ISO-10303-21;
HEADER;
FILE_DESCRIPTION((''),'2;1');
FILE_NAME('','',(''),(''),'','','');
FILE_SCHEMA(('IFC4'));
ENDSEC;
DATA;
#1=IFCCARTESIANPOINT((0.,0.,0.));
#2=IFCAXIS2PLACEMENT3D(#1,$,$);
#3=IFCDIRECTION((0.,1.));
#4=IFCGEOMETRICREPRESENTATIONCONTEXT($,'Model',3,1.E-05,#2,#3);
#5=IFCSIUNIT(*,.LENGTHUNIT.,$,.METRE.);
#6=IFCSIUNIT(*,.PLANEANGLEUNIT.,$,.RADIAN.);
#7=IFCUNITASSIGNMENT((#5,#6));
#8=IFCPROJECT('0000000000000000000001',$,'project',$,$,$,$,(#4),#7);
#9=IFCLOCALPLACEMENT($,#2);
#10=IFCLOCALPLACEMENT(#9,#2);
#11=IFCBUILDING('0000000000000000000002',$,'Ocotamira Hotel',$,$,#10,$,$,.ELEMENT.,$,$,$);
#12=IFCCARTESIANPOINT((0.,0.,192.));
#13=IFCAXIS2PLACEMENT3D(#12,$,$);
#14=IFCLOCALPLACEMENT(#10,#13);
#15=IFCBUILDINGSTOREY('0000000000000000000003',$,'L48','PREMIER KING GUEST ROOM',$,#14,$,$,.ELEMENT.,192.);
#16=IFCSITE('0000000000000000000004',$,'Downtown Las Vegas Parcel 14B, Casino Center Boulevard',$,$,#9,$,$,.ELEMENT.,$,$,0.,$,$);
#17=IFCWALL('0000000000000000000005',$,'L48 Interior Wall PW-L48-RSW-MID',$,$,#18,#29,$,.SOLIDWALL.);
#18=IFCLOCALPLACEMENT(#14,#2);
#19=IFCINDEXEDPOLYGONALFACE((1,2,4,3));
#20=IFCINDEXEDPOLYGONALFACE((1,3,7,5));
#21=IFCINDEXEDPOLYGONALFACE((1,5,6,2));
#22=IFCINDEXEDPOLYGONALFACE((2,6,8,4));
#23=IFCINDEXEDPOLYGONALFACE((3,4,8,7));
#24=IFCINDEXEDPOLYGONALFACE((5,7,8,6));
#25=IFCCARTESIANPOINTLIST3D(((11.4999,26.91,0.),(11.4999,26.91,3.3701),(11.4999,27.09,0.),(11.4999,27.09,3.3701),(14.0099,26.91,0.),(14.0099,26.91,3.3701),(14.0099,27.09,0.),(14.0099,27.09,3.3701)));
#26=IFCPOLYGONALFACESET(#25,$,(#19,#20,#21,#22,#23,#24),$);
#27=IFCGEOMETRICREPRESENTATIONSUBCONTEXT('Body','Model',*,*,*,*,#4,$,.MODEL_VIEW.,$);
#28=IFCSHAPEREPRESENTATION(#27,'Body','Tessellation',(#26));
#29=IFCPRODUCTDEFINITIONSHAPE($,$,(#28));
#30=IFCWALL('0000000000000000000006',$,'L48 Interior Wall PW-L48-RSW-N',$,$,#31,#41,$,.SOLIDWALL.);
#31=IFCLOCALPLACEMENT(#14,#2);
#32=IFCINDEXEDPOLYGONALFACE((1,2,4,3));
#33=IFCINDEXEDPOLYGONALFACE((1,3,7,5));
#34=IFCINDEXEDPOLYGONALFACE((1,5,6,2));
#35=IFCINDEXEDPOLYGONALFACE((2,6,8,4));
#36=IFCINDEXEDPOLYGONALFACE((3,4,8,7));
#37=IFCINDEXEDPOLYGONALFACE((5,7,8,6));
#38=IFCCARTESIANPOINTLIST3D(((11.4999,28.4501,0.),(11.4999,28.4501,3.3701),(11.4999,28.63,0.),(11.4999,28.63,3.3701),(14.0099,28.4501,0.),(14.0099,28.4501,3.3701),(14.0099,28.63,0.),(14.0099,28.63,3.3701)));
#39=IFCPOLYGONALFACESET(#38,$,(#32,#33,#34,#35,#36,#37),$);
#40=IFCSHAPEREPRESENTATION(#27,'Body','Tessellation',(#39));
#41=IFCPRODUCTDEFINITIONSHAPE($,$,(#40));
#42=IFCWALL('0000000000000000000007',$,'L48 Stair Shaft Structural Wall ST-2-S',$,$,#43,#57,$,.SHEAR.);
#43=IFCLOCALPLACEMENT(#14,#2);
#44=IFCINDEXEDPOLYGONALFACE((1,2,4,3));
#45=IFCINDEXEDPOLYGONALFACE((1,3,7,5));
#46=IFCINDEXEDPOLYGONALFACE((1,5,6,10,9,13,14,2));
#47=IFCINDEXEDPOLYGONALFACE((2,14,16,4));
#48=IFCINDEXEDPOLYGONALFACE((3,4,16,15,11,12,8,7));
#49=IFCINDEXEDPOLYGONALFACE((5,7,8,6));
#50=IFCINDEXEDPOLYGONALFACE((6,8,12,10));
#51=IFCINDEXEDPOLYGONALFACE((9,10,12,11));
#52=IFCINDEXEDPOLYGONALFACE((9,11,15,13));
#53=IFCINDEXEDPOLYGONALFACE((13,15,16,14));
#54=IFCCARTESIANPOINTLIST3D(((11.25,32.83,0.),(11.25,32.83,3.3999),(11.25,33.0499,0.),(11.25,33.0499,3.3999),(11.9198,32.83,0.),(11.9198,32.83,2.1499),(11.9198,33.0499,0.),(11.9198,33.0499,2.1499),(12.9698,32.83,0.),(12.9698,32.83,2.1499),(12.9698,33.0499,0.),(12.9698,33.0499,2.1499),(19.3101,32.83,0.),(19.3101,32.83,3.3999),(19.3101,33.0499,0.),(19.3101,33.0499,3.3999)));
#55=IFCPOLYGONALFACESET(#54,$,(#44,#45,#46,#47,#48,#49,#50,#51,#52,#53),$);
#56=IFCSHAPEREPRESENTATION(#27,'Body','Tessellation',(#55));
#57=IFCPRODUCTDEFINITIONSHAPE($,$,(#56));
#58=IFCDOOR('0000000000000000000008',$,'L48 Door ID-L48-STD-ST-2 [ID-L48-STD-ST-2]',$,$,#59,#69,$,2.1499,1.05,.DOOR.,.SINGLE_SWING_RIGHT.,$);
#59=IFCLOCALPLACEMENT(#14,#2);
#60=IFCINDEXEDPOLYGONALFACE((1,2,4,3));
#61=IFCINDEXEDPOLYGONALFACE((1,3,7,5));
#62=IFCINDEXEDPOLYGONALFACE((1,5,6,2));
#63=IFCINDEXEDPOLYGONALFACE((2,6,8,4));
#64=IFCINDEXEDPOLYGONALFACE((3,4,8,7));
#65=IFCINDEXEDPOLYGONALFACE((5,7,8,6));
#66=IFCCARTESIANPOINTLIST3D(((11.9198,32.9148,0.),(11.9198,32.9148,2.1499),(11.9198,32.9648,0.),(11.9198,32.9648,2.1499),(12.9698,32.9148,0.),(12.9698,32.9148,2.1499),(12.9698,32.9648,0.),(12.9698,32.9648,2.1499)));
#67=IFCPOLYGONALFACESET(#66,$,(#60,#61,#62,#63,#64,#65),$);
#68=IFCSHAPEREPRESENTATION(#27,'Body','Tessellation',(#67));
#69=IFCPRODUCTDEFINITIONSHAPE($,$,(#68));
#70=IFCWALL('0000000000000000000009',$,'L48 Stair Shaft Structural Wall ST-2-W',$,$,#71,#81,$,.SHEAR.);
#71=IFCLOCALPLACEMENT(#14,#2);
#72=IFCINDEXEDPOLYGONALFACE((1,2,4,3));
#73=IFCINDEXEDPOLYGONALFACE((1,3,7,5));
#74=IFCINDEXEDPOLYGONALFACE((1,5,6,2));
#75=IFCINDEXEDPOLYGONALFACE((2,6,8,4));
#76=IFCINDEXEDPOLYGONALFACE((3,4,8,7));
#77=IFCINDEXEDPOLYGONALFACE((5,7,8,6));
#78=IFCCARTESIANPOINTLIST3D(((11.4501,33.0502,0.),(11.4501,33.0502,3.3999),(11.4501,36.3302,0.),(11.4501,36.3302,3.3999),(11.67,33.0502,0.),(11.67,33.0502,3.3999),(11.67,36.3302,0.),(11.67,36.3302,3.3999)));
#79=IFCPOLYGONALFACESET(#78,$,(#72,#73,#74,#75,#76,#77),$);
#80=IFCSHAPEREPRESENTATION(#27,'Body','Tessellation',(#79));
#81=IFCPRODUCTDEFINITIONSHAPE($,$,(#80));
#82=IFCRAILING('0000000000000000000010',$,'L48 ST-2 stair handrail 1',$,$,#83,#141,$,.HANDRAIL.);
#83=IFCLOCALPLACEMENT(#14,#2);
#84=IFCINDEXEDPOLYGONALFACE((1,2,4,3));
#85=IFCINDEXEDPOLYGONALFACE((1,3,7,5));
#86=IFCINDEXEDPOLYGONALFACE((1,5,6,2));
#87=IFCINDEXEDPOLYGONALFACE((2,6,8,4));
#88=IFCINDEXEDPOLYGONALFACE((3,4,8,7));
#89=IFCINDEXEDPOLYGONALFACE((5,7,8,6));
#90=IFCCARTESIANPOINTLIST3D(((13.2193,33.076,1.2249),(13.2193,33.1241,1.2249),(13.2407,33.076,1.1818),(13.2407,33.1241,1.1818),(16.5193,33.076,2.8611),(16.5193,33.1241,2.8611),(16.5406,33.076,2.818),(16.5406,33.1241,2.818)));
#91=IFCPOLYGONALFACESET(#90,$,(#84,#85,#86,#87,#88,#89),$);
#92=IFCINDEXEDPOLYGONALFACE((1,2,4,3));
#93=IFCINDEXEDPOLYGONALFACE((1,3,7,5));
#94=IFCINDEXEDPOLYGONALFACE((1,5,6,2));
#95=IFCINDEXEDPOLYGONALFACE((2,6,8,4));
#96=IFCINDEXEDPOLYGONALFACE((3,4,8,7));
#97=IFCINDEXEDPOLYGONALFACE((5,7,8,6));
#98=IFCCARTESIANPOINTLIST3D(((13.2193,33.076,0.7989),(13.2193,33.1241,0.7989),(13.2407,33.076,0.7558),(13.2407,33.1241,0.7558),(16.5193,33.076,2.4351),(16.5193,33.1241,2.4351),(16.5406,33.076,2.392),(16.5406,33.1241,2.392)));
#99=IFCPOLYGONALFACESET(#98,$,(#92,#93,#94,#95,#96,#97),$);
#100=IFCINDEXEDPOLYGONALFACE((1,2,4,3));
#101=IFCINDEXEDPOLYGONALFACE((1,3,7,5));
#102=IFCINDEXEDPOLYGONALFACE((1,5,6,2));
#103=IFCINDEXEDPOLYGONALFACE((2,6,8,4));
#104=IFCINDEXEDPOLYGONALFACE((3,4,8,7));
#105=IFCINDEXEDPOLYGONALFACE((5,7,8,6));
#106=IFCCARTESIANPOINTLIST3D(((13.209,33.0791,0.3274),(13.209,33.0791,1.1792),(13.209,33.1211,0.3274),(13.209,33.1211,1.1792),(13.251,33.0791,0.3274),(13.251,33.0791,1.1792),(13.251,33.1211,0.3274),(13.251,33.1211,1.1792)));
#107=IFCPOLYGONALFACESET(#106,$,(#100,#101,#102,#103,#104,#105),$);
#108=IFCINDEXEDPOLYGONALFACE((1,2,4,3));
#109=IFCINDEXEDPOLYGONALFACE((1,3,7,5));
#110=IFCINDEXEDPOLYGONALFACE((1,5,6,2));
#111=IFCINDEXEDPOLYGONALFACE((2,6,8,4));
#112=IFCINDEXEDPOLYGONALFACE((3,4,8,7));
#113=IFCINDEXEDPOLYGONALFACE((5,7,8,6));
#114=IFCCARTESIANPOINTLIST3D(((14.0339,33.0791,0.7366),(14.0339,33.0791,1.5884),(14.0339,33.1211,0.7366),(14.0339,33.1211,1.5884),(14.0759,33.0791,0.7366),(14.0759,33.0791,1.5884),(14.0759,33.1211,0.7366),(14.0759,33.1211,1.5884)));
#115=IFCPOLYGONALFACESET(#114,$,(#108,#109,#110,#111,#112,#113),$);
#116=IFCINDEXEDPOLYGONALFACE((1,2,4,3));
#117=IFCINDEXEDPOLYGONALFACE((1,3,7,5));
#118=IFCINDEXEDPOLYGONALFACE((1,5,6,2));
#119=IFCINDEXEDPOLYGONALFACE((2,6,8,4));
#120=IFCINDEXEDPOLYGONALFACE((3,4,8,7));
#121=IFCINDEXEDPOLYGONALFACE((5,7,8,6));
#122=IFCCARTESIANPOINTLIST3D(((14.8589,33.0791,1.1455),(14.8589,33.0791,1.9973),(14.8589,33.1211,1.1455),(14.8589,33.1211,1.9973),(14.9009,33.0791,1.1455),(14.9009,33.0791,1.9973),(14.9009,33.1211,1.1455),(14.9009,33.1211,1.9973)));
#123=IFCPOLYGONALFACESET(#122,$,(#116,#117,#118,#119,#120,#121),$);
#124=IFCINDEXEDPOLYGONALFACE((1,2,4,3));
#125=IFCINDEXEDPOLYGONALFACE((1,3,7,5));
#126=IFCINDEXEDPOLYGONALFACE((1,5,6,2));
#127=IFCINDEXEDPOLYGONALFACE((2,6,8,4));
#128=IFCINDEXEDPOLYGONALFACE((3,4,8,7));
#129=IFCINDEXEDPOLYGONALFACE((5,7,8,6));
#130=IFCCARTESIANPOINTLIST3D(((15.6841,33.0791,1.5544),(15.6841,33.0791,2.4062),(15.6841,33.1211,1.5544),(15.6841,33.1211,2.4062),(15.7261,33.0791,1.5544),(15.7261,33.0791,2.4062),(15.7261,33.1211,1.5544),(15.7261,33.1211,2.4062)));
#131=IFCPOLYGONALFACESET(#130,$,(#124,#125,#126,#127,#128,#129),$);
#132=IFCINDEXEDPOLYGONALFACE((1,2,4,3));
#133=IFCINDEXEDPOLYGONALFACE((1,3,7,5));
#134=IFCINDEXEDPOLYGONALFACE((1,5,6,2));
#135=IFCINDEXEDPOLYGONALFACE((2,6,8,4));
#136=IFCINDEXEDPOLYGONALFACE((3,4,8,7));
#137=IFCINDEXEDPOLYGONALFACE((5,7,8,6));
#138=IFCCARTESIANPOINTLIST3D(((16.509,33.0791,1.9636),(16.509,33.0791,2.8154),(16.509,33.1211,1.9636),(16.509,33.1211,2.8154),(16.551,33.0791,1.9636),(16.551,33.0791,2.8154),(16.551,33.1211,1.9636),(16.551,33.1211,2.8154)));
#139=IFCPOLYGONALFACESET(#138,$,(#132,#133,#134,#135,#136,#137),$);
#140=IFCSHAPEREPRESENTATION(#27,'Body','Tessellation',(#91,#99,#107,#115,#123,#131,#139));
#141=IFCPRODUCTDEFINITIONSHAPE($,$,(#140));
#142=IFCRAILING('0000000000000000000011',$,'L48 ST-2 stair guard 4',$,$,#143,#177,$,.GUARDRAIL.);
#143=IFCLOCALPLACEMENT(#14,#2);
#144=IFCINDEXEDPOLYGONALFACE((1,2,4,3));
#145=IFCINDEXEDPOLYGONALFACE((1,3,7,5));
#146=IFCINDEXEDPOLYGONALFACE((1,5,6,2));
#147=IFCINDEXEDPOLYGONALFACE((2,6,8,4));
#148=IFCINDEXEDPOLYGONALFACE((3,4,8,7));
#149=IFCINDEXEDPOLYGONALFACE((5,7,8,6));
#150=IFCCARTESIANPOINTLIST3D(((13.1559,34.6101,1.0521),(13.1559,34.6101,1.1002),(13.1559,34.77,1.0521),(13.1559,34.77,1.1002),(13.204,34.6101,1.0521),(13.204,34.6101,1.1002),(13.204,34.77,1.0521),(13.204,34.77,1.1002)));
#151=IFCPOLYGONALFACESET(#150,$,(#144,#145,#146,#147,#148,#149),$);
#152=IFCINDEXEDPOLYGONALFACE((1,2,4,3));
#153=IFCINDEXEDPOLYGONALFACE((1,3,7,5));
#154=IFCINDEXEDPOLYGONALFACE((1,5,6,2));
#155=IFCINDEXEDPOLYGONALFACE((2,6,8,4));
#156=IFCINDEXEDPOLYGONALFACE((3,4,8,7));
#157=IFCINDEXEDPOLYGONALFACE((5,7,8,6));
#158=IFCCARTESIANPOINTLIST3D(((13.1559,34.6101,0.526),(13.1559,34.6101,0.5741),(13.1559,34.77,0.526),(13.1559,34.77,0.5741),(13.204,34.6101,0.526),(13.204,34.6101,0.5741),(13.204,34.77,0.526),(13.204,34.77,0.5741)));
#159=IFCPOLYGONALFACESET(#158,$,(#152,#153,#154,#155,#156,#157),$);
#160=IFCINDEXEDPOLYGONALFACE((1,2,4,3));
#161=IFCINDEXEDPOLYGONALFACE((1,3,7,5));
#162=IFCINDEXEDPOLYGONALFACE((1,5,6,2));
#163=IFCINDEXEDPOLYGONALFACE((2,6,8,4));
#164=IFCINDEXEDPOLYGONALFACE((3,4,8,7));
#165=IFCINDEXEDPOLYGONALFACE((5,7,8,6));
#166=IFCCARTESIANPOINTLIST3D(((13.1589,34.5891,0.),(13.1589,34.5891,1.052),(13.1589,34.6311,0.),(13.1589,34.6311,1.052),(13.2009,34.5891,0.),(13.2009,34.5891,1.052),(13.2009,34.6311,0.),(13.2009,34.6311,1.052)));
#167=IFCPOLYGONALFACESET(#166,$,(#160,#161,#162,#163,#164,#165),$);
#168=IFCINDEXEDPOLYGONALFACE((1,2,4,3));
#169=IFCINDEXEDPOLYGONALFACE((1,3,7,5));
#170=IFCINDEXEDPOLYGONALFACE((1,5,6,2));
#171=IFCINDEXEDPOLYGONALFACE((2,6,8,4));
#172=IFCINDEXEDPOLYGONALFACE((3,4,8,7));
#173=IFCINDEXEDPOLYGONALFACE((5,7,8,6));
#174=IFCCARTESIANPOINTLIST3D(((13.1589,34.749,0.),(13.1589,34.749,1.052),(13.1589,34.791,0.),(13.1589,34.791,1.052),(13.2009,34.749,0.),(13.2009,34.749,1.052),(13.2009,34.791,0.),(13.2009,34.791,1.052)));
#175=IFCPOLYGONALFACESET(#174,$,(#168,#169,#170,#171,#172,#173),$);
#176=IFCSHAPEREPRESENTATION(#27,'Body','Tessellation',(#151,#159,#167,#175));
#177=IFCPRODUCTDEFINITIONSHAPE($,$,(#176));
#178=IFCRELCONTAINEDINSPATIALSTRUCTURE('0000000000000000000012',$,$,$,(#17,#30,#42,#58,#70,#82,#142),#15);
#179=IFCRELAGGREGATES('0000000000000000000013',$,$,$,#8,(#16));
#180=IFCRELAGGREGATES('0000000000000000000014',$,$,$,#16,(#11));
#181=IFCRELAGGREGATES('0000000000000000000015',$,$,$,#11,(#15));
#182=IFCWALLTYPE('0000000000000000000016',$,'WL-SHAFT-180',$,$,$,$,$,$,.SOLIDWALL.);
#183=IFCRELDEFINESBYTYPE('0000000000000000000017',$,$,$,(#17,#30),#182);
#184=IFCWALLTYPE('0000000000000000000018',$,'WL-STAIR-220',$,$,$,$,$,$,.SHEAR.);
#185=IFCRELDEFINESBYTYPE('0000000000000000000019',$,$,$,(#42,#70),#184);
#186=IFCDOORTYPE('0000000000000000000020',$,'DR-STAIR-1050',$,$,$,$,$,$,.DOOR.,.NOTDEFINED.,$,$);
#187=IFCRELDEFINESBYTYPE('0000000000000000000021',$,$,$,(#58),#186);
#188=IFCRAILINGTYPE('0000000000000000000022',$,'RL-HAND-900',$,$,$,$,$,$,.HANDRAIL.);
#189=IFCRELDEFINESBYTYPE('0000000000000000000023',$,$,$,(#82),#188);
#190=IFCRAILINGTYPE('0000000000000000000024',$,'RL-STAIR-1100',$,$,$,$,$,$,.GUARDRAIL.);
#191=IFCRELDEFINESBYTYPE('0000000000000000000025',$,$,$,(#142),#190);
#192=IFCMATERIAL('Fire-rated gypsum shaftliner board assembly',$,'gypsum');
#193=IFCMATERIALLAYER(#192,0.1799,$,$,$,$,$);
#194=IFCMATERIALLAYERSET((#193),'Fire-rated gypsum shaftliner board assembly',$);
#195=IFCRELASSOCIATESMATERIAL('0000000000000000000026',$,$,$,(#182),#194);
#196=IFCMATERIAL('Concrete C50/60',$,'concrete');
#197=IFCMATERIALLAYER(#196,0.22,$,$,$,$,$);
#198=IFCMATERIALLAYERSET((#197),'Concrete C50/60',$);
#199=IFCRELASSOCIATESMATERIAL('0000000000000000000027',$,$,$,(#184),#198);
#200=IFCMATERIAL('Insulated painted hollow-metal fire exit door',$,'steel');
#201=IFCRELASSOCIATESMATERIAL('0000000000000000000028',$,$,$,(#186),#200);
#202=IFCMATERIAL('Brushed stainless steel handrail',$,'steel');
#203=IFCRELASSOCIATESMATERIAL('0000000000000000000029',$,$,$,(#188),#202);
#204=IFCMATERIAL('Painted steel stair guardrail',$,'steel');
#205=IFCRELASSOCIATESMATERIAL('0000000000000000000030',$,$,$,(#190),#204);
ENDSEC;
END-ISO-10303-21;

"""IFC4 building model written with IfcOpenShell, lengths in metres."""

from ifc_helpers import new_model, si_unit, direction, frame, frame_2d, origin, origin_2d, place, context, subcontext, project, spatial, rectangle, extrude, source, transform, mapped, material, layer, layer_set, type_object, element, fill, save


model = new_model("IFC4")

# Units and contexts
model_context = context("Model", 3, precision=1e-05, world=origin(), true_north=direction((0.0, 1.0)))
body_context = subcontext(model_context, "Body", "Model", "MODEL_VIEW")
ifc_project = project(units=[si_unit("LENGTHUNIT", "METRE"), si_unit("PLANEANGLEUNIT", "RADIAN")], contexts=[model_context])

# Site, building, storey
site_placement = place(None, origin())
site = spatial("IfcSite", under=ifc_project, at=site_placement, Name="Downtown Las Vegas Parcel 14B, Casino Center Boulevard", CompositionType="ELEMENT", RefElevation=0.0)
building_placement = place(site_placement, origin())
building = spatial("IfcBuilding", under=site, at=building_placement, Name="Ocotamira Hotel", CompositionType="ELEMENT")
storey_placement = place(building_placement, frame((0.0, 0.0, 192.0)))
storey = spatial("IfcBuildingStorey", under=building, at=storey_placement, Name="L48", Description="PREMIER KING GUEST ROOM", CompositionType="ELEMENT", Elevation=192.0)

# Walls
ifc_material_1 = material(Name="Fire-rated gypsum shaftliner board assembly", Category="gypsum")
ifc_layer_1 = layer(ifc_material_1, 0.1799)
ifc_layer_set_1 = layer_set([ifc_layer_1], Name="Fire-rated gypsum shaftliner board assembly")
wall_type_1 = type_object("IfcWallType", Name="WL-SHAFT-180", PredefinedType="SOLIDWALL", material=ifc_layer_set_1)
for number, where, z_axis, x_axis, name in (
    (1, (11.5, 27.0, 0.0), (0.0, 0.0, 1.0), (1.0, 0.0, 0.0), "L48 Interior Wall PW-L48-RSW-MID"),
    (2, (11.5, 28.54, 0.0), (0.0, 0.0, 1.0), (1.0, 0.0, 0.0), "L48 Interior Wall PW-L48-RSW-N"),
):
    element("IfcWall", number, at=place(storey_placement, frame(where, z_axis=z_axis, x_axis=x_axis)), inside=storey, type_object=wall_type_1, Name=name, PredefinedType="SOLIDWALL", context=body_context, shape_type="SweptSolid", body=[
        extrude(rectangle(XDim=2.51, YDim=0.1799, at=frame_2d((1.2549, 0.0))), origin(), (0.0, 0.0, 1.0), 3.3701),
    ])

# Wall, opening, door
ifc_material_2 = material(Name="Concrete C50/60", Category="concrete")
ifc_layer_2 = layer(ifc_material_2, 0.22)
ifc_layer_set_2 = layer_set([ifc_layer_2], Name="Concrete C50/60")
wall_type_2 = type_object("IfcWallType", Name="WL-STAIR-220", PredefinedType="SHEAR", material=ifc_layer_set_2)
wall_1_placement = place(storey_placement, frame((11.25, 32.9399, 0.0), z_axis=(0.0, 0.0, 1.0), x_axis=(1.0, 0.0, 0.0)))
wall_1 = element("IfcWall", 3, at=wall_1_placement, inside=storey, type_object=wall_type_2, Name="L48 Stair Shaft Structural Wall ST-2-S", PredefinedType="SHEAR", context=body_context, shape_type="SweptSolid", body=[
    extrude(rectangle(XDim=8.0601, YDim=0.22, at=frame_2d((4.03, 0.0))), origin(), (0.0, 0.0, 1.0), 3.3999),
])
opening_placement = place(wall_1_placement, frame((0.6699, 0.0, 0.0)))
opening = element("IfcOpeningElement", 4, at=opening_placement, cuts=wall_1, PredefinedType="OPENING", context=body_context, shape_type="SweptSolid", body=[
    extrude(rectangle(XDim=1.05, YDim=2.1499, at=frame_2d((0.5249, 1.075))), frame((0.0, 0.1201, 0.0), z_axis=(0.0, -1.0, 0.0), x_axis=(1.0, 0.0, 0.0)), (0.0, 0.0, 1.0), 0.24),
])
ifc_material_3 = material(Name="Insulated painted hollow-metal fire exit door", Category="steel")
door_type = type_object("IfcDoorType", Name="DR-STAIR-1050", OperationType="NOTDEFINED", PredefinedType="DOOR", material=ifc_material_3)
shared_shape_1 = source(origin(), body_context, "Body", "SweptSolid", [
    extrude(rectangle(XDim=1.05, YDim=2.1499, at=frame_2d((0.5249, 1.075))), frame((0.0, 0.0249, 0.0), z_axis=(0.0, -1.0, 0.0), x_axis=(1.0, 0.0, 0.0)), (0.0, 0.0, 1.0), 0.05),
])
door_placement = place(opening_placement, origin())
door = element("IfcDoor", 5, at=door_placement, inside=storey, type_object=door_type, Name="L48 Door ID-L48-STD-ST-2 [ID-L48-STD-ST-2]", OperationType="SINGLE_SWING_RIGHT", OverallHeight=2.1499, OverallWidth=1.05, PredefinedType="DOOR", context=body_context, shape_type="MappedRepresentation", body=[
    mapped(shared_shape_1, transform((0.0, 0.0, 0.0), scale=1.0)),
])
fill(opening, door)

# Wall
wall_2_placement = place(storey_placement, frame((11.5601, 33.05, 0.0), z_axis=(0.0, 0.0, 1.0), x_axis=(0.0, 1.0, 0.0)))
element("IfcWall", 6, at=wall_2_placement, inside=storey, type_object=wall_type_2, Name="L48 Stair Shaft Structural Wall ST-2-W", PredefinedType="SHEAR", context=body_context, shape_type="SweptSolid", body=[
    extrude(rectangle(XDim=3.28, YDim=0.22, at=frame_2d((1.6401, 0.0))), origin(), (0.0, 0.0, 1.0), 3.3999),
])

# Railings
ifc_material_4 = material(Name="Brushed stainless steel handrail", Category="steel")
railing_type_1 = type_object("IfcRailingType", Name="RL-HAND-900", PredefinedType="HANDRAIL", material=ifc_material_4)
railing_1_placement = place(storey_placement, frame((13.23, 33.1001, 0.3274)))
element("IfcRailing", 7, at=railing_1_placement, inside=storey, type_object=railing_type_1, Name="L48 ST-2 stair handrail 1", PredefinedType="HANDRAIL", context=body_context, shape_type="SweptSolid", body=[
    extrude(rectangle(XDim=0.0481, YDim=0.0481, at=origin_2d()), frame((0.0, 0.0, 0.876), z_axis=(0.89592, 0.0, 0.444215), x_axis=(0.0, 1.0, 0.0)), (0.0, 0.0, 1.0), 3.6833),
    extrude(rectangle(XDim=0.0481, YDim=0.0481, at=origin_2d()), frame((0.0, 0.0, 0.45), z_axis=(0.89592, 0.0, 0.444215), x_axis=(0.0, 1.0, 0.0)), (0.0, 0.0, 1.0), 3.6833),
    extrude(rectangle(XDim=0.042, YDim=0.042, at=origin_2d()), origin(), (0.0, 0.0, 1.0), 0.8518),
    extrude(rectangle(XDim=0.042, YDim=0.042, at=origin_2d()), frame((0.825, 0.0, 0.4092)), (0.0, 0.0, 1.0), 0.8518),
    extrude(rectangle(XDim=0.042, YDim=0.042, at=origin_2d()), frame((1.6499, 0.0, 0.8181)), (0.0, 0.0, 1.0), 0.8518),
    extrude(rectangle(XDim=0.042, YDim=0.042, at=origin_2d()), frame((2.4751, 0.0, 1.2271)), (0.0, 0.0, 1.0), 0.8518),
    extrude(rectangle(XDim=0.042, YDim=0.042, at=origin_2d()), frame((3.3, 0.0, 1.6362)), (0.0, 0.0, 1.0), 0.8518),
])
ifc_material_5 = material(Name="Painted steel stair guardrail", Category="steel")
railing_type_2 = type_object("IfcRailingType", Name="RL-STAIR-1100", PredefinedType="GUARDRAIL", material=ifc_material_5)
railing_2_placement = place(storey_placement, frame((13.1799, 34.6101, 0.0)))
element("IfcRailing", 8, at=railing_2_placement, inside=storey, type_object=railing_type_2, Name="L48 ST-2 stair guard 4", PredefinedType="GUARDRAIL", context=body_context, shape_type="SweptSolid", body=[
    extrude(rectangle(XDim=0.0481, YDim=0.0481, at=origin_2d()), frame((0.0, 0.0, 1.0762), z_axis=(0.0, 1.0, 0.0), x_axis=(-1.0, 0.0, 0.0)), (0.0, 0.0, 1.0), 0.1599),
    extrude(rectangle(XDim=0.0481, YDim=0.0481, at=origin_2d()), frame((0.0, 0.0, 0.55), z_axis=(0.0, 1.0, 0.0), x_axis=(-1.0, 0.0, 0.0)), (0.0, 0.0, 1.0), 0.1599),
    extrude(rectangle(XDim=0.042, YDim=0.042, at=origin_2d()), origin(), (0.0, 0.0, 1.0), 1.052),
    extrude(rectangle(XDim=0.042, YDim=0.042, at=origin_2d()), frame((0.0, 0.1599, 0.0)), (0.0, 0.0, 1.0), 1.052),
])

save(model, "model.ifc")
